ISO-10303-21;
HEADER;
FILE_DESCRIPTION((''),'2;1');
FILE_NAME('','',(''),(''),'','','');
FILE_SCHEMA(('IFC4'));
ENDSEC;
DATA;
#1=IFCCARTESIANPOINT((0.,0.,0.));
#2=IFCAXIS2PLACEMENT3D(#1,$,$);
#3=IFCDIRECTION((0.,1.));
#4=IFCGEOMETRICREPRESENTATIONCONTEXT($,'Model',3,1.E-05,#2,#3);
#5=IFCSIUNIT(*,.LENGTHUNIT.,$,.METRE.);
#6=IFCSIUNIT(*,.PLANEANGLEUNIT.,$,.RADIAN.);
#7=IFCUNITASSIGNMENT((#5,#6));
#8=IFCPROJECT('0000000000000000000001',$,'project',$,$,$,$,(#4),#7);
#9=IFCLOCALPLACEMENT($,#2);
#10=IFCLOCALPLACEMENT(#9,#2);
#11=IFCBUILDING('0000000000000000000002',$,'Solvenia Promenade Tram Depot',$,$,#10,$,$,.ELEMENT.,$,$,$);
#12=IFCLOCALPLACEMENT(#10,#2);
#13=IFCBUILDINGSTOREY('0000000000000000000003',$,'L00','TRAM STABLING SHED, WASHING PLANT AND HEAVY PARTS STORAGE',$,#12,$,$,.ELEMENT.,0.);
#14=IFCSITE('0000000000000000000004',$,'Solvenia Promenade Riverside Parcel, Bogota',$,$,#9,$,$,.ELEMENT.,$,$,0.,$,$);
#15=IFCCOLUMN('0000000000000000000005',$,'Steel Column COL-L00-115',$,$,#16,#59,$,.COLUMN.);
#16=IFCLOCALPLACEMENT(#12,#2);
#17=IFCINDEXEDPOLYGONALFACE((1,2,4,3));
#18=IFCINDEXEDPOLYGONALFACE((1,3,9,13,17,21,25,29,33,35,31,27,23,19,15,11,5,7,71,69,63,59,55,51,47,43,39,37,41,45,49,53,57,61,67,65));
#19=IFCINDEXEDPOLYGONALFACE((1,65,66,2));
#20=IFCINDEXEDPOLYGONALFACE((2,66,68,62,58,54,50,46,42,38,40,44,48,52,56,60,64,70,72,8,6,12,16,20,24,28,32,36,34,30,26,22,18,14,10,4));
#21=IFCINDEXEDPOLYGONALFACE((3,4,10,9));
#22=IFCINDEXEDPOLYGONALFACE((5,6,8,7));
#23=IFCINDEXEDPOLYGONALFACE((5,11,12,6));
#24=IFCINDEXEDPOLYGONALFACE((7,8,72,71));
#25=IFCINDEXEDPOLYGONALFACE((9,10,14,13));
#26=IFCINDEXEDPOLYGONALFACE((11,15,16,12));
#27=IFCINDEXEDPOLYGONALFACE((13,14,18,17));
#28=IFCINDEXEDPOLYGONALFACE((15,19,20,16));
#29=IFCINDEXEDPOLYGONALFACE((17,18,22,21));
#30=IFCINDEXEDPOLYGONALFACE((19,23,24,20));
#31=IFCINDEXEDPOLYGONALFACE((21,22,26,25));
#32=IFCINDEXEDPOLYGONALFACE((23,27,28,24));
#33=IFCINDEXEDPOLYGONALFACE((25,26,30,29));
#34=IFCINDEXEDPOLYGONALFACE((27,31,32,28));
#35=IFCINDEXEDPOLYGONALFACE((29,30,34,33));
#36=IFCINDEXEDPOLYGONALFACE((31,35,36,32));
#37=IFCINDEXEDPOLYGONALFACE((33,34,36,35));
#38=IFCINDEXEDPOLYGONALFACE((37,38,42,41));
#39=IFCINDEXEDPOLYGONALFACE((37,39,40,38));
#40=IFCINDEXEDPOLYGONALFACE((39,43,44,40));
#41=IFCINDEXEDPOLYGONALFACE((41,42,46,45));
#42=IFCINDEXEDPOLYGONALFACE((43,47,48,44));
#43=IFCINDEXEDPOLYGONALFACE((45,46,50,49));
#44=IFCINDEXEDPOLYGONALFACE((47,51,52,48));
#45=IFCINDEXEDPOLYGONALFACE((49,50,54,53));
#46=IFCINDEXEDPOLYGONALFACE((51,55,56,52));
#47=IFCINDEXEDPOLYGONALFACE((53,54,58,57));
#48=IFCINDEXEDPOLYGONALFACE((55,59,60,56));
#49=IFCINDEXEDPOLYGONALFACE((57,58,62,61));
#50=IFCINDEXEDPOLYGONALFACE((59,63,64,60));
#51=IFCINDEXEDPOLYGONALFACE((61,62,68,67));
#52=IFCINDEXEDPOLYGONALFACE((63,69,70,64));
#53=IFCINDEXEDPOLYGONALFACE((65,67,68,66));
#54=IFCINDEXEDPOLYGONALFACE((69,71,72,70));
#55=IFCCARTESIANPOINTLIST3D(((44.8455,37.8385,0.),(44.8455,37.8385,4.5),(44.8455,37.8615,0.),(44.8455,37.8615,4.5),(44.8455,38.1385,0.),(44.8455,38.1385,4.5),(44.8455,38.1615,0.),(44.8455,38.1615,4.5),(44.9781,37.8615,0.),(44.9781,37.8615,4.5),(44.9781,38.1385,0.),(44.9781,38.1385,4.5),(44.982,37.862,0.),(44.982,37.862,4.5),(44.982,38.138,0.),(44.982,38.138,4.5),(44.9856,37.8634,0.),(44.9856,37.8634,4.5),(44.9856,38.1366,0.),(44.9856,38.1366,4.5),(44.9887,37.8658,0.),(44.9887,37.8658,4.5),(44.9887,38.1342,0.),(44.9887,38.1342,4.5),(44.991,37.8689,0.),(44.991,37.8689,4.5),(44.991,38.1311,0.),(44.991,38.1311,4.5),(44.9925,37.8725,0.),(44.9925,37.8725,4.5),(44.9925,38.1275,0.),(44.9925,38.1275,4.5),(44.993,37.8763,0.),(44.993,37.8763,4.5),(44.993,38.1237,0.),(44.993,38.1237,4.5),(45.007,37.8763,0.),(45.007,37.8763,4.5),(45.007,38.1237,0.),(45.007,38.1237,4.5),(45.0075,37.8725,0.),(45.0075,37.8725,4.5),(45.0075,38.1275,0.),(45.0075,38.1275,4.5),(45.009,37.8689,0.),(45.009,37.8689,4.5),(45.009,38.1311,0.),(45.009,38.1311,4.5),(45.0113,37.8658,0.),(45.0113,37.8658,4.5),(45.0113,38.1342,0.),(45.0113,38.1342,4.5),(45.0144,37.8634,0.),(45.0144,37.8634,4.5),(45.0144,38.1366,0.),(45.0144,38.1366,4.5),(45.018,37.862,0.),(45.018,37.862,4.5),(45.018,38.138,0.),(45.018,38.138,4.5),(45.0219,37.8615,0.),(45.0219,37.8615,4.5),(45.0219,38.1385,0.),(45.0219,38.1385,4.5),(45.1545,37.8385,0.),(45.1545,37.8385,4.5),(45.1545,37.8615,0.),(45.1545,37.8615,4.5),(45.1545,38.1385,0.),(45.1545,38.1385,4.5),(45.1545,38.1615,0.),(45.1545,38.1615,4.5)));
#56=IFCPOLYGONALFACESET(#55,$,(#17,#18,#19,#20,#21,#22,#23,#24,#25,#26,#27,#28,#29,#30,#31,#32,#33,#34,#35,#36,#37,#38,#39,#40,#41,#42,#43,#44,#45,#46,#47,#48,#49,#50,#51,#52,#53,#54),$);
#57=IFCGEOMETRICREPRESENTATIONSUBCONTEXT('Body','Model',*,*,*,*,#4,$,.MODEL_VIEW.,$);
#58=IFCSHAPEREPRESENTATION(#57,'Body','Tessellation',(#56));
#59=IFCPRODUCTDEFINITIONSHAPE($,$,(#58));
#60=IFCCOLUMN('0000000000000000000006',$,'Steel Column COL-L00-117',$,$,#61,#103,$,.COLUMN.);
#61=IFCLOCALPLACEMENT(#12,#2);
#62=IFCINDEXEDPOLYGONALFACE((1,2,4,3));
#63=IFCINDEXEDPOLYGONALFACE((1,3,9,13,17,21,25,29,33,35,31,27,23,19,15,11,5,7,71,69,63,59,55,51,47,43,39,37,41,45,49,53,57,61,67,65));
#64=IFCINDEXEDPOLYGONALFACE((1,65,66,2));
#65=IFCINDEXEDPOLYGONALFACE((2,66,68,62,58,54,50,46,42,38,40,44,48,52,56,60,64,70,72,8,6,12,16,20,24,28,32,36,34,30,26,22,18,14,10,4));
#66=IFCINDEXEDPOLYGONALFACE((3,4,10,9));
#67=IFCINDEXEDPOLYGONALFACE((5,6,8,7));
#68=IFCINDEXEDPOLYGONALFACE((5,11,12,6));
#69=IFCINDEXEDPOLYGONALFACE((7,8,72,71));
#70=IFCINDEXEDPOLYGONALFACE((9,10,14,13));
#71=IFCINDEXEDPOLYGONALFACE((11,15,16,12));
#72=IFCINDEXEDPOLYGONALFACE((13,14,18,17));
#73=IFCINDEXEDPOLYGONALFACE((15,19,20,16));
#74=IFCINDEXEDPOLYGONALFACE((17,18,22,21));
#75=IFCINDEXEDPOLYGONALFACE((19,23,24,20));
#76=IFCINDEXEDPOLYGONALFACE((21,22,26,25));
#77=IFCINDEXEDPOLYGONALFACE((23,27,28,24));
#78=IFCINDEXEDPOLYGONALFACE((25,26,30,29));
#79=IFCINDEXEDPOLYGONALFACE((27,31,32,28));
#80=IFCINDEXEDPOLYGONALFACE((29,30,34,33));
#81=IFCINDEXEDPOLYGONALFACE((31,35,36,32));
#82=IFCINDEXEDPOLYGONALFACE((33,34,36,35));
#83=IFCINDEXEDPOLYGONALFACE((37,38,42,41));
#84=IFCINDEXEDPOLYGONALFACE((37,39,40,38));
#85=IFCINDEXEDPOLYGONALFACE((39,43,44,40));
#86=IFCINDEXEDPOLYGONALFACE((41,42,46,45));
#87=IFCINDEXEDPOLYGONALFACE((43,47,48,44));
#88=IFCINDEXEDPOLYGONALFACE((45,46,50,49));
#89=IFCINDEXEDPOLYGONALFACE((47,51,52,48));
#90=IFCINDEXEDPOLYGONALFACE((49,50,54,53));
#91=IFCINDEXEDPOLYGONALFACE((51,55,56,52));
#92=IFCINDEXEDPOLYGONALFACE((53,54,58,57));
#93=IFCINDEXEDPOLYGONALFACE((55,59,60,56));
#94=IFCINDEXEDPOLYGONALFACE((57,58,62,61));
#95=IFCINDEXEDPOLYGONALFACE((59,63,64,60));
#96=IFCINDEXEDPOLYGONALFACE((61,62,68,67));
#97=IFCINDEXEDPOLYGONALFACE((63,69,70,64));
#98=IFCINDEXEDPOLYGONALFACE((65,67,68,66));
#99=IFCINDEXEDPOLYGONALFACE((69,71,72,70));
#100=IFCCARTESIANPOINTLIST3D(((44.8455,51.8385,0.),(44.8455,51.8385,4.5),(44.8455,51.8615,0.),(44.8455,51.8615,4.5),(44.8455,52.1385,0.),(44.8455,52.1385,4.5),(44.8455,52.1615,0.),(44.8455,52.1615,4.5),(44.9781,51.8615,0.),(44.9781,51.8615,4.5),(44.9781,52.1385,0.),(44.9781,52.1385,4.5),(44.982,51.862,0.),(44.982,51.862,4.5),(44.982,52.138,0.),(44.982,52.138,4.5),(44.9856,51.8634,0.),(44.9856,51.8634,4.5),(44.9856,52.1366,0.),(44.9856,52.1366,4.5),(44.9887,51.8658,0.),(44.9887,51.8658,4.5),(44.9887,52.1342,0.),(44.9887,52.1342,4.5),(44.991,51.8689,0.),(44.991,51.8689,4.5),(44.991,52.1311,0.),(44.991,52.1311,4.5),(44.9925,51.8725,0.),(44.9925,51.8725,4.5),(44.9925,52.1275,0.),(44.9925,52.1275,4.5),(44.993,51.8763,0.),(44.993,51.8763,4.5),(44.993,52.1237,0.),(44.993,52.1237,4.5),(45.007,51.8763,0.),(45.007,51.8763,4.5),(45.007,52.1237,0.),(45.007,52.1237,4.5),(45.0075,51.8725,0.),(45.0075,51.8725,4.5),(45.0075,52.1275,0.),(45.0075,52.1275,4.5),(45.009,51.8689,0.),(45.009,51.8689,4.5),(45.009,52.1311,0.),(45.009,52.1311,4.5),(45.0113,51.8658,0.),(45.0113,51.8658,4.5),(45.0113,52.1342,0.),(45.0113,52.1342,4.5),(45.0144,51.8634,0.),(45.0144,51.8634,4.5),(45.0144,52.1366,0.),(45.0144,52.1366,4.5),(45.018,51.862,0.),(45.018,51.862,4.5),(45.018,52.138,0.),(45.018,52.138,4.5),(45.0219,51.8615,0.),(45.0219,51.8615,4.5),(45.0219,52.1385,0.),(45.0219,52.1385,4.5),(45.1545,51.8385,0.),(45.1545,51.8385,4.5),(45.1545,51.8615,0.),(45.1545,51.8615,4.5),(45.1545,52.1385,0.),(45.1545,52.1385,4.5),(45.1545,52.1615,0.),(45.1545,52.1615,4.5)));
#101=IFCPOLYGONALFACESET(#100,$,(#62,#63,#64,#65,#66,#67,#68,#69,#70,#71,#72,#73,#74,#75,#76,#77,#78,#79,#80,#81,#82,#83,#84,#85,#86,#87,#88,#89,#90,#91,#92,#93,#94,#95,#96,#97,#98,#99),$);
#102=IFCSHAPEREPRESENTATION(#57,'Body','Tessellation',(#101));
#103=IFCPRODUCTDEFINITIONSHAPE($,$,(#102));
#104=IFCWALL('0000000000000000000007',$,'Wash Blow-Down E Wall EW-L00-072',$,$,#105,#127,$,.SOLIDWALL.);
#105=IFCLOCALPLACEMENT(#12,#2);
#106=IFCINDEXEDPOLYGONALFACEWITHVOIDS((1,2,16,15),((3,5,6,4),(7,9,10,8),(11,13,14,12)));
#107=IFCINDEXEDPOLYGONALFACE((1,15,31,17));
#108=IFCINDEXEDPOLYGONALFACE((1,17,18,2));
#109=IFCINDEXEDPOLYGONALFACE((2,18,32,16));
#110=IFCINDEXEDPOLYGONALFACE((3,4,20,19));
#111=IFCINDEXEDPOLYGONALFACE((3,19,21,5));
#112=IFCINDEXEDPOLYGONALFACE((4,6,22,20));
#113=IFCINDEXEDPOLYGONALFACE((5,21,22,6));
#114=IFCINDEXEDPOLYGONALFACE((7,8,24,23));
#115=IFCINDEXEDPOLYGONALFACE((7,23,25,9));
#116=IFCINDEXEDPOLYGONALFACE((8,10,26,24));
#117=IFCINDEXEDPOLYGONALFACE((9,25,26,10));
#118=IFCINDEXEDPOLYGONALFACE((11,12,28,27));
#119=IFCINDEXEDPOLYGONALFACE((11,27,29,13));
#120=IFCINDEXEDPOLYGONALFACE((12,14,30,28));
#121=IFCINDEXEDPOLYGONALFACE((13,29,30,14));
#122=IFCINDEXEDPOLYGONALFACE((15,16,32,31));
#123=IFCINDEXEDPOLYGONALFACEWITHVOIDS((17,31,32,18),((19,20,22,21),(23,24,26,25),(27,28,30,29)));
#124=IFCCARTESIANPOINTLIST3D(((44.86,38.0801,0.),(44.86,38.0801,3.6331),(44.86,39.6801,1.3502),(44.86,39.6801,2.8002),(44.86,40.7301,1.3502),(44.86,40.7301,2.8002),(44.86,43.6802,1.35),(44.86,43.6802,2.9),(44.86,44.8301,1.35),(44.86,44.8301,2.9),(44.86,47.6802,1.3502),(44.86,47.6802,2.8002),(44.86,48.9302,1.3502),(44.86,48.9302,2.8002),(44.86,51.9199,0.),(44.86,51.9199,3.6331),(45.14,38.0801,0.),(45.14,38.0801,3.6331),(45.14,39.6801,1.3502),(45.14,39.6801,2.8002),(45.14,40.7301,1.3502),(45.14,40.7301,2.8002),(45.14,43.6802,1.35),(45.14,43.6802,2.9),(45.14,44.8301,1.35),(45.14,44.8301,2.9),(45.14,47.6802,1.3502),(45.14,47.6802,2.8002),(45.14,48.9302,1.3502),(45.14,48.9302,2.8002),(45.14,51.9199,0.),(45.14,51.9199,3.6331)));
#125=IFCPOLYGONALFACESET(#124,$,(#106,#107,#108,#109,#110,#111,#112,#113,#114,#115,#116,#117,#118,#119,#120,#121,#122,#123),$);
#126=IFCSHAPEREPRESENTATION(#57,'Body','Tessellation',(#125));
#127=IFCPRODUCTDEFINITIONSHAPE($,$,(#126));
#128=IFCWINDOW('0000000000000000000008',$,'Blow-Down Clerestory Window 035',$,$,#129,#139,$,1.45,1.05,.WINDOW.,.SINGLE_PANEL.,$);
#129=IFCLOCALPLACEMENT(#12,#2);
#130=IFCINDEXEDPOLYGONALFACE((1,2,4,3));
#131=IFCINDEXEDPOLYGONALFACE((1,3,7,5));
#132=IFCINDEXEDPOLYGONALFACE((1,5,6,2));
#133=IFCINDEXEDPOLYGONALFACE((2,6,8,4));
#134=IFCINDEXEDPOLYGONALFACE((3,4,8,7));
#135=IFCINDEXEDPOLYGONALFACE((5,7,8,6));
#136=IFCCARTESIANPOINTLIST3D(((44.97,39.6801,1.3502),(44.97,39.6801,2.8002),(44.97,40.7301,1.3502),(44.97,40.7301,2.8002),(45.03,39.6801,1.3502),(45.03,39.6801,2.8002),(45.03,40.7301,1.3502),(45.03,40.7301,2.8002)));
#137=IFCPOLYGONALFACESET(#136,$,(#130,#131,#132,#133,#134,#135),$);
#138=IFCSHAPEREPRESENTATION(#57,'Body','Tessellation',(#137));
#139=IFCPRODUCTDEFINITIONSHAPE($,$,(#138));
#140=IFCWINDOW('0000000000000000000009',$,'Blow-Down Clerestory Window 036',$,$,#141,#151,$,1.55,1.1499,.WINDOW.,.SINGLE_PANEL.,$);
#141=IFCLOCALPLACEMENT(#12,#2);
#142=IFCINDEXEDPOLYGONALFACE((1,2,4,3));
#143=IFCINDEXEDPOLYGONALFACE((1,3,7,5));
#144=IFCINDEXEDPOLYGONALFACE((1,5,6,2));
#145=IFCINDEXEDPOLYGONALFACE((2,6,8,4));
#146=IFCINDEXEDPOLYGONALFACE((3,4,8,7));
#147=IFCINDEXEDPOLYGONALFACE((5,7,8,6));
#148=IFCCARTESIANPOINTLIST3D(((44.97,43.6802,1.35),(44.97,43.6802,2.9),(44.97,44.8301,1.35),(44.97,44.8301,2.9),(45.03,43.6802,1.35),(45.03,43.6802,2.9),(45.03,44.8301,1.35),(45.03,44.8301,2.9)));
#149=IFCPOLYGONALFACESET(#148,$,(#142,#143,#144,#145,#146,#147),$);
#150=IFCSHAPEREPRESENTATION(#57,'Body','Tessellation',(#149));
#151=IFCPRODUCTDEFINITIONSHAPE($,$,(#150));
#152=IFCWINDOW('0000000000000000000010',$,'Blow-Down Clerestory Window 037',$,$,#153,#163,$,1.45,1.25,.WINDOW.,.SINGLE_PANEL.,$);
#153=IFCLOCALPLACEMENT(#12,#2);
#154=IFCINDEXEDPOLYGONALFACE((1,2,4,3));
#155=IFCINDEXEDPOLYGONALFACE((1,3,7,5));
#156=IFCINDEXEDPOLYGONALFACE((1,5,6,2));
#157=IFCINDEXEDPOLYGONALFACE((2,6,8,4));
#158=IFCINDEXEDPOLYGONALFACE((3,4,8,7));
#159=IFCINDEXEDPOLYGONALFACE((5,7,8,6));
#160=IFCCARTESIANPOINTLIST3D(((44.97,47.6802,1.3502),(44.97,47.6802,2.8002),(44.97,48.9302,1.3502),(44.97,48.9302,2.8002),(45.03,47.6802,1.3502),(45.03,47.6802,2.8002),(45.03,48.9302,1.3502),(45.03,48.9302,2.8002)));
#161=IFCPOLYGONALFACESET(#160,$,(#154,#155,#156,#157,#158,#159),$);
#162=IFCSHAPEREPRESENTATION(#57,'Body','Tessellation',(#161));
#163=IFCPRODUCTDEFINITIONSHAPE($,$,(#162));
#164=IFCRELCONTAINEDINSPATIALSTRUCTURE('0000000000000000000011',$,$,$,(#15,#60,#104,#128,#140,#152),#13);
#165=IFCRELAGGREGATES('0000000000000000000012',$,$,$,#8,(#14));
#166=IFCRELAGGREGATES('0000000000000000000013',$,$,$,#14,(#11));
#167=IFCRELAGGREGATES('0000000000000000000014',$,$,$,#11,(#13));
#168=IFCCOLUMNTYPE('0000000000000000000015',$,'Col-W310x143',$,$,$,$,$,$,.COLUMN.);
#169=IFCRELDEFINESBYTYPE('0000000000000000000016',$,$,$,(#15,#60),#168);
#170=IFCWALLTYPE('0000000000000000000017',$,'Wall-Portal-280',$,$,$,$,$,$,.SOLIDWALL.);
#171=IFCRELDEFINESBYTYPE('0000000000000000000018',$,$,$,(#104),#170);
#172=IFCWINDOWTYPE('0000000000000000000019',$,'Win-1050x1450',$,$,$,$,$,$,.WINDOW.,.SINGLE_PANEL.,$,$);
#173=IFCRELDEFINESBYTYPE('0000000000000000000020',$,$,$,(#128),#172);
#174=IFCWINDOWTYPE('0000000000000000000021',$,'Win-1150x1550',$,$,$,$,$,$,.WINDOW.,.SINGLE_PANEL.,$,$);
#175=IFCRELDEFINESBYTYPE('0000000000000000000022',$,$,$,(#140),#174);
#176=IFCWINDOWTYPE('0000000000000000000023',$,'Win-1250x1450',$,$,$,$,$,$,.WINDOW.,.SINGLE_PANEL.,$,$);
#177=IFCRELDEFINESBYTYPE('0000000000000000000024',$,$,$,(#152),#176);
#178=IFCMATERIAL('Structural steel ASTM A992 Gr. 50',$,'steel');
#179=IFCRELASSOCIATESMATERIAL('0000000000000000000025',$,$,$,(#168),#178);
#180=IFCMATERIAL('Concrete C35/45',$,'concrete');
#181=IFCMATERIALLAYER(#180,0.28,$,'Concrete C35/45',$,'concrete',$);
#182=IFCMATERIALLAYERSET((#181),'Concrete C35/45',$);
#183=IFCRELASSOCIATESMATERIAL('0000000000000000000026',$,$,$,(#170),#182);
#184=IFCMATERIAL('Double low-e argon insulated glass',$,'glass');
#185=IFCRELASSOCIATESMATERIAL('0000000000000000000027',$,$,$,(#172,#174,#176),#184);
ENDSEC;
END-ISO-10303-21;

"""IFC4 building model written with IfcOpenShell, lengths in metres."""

from ifc_helpers import new_model, si_unit, direction, frame, frame_2d, origin, origin_2d, place, context, subcontext, project, spatial, rectangle, i_section, extrude, material, layer, layer_set, material_profile, profile_set, type_object, element, fill, save


model = new_model("IFC4")

# Units and contexts
model_context = context("Model", 3, precision=1e-05, world=origin(), true_north=direction((0.0, 1.0)))
body_context = subcontext(model_context, "Body", "Model", "MODEL_VIEW")
ifc_project = project(units=[si_unit("LENGTHUNIT", "METRE"), si_unit("PLANEANGLEUNIT", "RADIAN")], contexts=[model_context])

# Site, building, storey
site_placement = place(None, origin())
site = spatial("IfcSite", under=ifc_project, at=site_placement, Name="Solvenia Promenade Riverside Parcel, Bogota", CompositionType="ELEMENT", RefElevation=0.0)
building_placement = place(site_placement, origin())
building = spatial("IfcBuilding", under=site, at=building_placement, Name="Solvenia Promenade Tram Depot", CompositionType="ELEMENT")
storey_placement = place(building_placement, origin())
storey = spatial("IfcBuildingStorey", under=building, at=storey_placement, Name="L00", Description="TRAM STABLING SHED, WASHING PLANT AND HEAVY PARTS STORAGE", CompositionType="ELEMENT", Elevation=0.0)

# Columns
ifc_material_1 = material(Name="Structural steel ASTM A992 Gr. 50", Category="steel")
ifc_material_profile_1 = material_profile(ifc_material_1, i_section(OverallWidth=0.3091, OverallDepth=0.323, WebThickness=0.0139, FlangeThickness=0.0229, FilletRadius=0.0149, at=origin_2d()), Name="W310x143", Category="steel")
ifc_profile_set_1 = profile_set([ifc_material_profile_1], Name="Structural steel ASTM A992 Gr. 50")
column_type = type_object("IfcColumnType", Name="Col-W310x143", PredefinedType="COLUMN", material=ifc_profile_set_1)
for number, where, z_axis, x_axis, name in (
    (1, (45.0, 38.0, 0.0), (0.0, 0.0, 1.0), (1.0, 0.0, 0.0), "Steel Column COL-L00-115"),
    (2, (45.0, 52.0, 0.0), (0.0, 0.0, 1.0), (1.0, 0.0, 0.0), "Steel Column COL-L00-117"),
):
    element("IfcColumn", number, at=place(storey_placement, frame(where, z_axis=z_axis, x_axis=x_axis)), inside=storey, type_object=column_type, Name=name, PredefinedType="COLUMN", context=body_context, shape_type="SweptSolid", body=[
        extrude(i_section(OverallWidth=0.3091, OverallDepth=0.323, WebThickness=0.0139, FlangeThickness=0.0229, FilletRadius=0.0149, at=origin_2d()), origin(), (0.0, 0.0, 1.0), 4.5),
    ])

# Wall, openings, windows
ifc_material_2 = material(Name="Concrete C35/45", Category="concrete")
ifc_layer = layer(ifc_material_2, 0.28, Name="Concrete C35/45", Category="concrete")
ifc_layer_set = layer_set([ifc_layer], Name="Concrete C35/45")
wall_type = type_object("IfcWallType", Name="Wall-Portal-280", PredefinedType="SOLIDWALL", material=ifc_layer_set)
wall_1_placement = place(storey_placement, frame((45.0, 38.0801, 0.0), z_axis=(0.0, 0.0, 1.0), x_axis=(0.0, 1.0, 0.0)))
wall_1 = element("IfcWall", 3, at=wall_1_placement, inside=storey, type_object=wall_type, Name="Wash Blow-Down E Wall EW-L00-072", PredefinedType="SOLIDWALL", context=body_context, shape_type="SweptSolid", body=[
    extrude(rectangle(XDim=13.8398, YDim=0.28, at=frame_2d((6.9199, 0.0))), origin(), (0.0, 0.0, 1.0), 3.6331),
])
opening_1_placement = place(wall_1_placement, frame((1.6001, 0.0, 1.3501)))
opening_1 = element("IfcOpeningElement", 4, at=opening_1_placement, cuts=wall_1, PredefinedType="OPENING", context=body_context, shape_type="SweptSolid", body=[
    extrude(rectangle(XDim=1.05, YDim=1.45, at=frame_2d((0.5249, 0.7251))), frame((0.0, 0.1499, 0.0), z_axis=(0.0, -1.0, 0.0), x_axis=(1.0, 0.0, 0.0)), (0.0, 0.0, 1.0), 0.3),
])
opening_2_placement = place(wall_1_placement, frame((5.6001, 0.0, 1.3501)))
opening_2 = element("IfcOpeningElement", 5, at=opening_2_placement, cuts=wall_1, PredefinedType="OPENING", context=body_context, shape_type="SweptSolid", body=[
    extrude(rectangle(XDim=1.1499, YDim=1.55, at=frame_2d((0.575, 0.7749))), frame((0.0, 0.1499, 0.0), z_axis=(0.0, -1.0, 0.0), x_axis=(1.0, 0.0, 0.0)), (0.0, 0.0, 1.0), 0.3),
])
opening_3_placement = place(wall_1_placement, frame((9.6001, 0.0, 1.3501)))
opening_3 = element("IfcOpeningElement", 6, at=opening_3_placement, cuts=wall_1, PredefinedType="OPENING", context=body_context, shape_type="SweptSolid", body=[
    extrude(rectangle(XDim=1.25, YDim=1.45, at=frame_2d((0.625, 0.7251))), frame((0.0, 0.1499, 0.0), z_axis=(0.0, -1.0, 0.0), x_axis=(1.0, 0.0, 0.0)), (0.0, 0.0, 1.0), 0.3),
])
ifc_material_3 = material(Name="Double low-e argon insulated glass", Category="glass")
window_type_1 = type_object("IfcWindowType", Name="Win-1050x1450", PartitioningType="SINGLE_PANEL", PredefinedType="WINDOW", material=ifc_material_3)
window_1_placement = place(opening_1_placement, origin())
window_1 = element("IfcWindow", 7, at=window_1_placement, inside=storey, type_object=window_type_1, Name="Blow-Down Clerestory Window 035", OverallHeight=1.45, OverallWidth=1.05, PartitioningType="SINGLE_PANEL", PredefinedType="WINDOW", context=body_context, shape_type="SweptSolid", body=[
    extrude(rectangle(XDim=1.05, YDim=1.45, at=frame_2d((0.5249, 0.7251))), frame((0.0, 0.03, 0.0), z_axis=(0.0, -1.0, 0.0), x_axis=(1.0, 0.0, 0.0)), (0.0, 0.0, 1.0), 0.0601),
])
fill(opening_1, window_1)
window_type_2 = type_object("IfcWindowType", Name="Win-1150x1550", PartitioningType="SINGLE_PANEL", PredefinedType="WINDOW", material=ifc_material_3)
window_2_placement = place(opening_2_placement, origin())
window_2 = element("IfcWindow", 8, at=window_2_placement, inside=storey, type_object=window_type_2, Name="Blow-Down Clerestory Window 036", OverallHeight=1.55, OverallWidth=1.1499, PartitioningType="SINGLE_PANEL", PredefinedType="WINDOW", context=body_context, shape_type="SweptSolid", body=[
    extrude(rectangle(XDim=1.1499, YDim=1.55, at=frame_2d((0.575, 0.7749))), frame((0.0, 0.03, 0.0), z_axis=(0.0, -1.0, 0.0), x_axis=(1.0, 0.0, 0.0)), (0.0, 0.0, 1.0), 0.0601),
])
fill(opening_2, window_2)
window_type_3 = type_object("IfcWindowType", Name="Win-1250x1450", PartitioningType="SINGLE_PANEL", PredefinedType="WINDOW", material=ifc_material_3)
window_3_placement = place(opening_3_placement, origin())
window_3 = element("IfcWindow", 9, at=window_3_placement, inside=storey, type_object=window_type_3, Name="Blow-Down Clerestory Window 037", OverallHeight=1.45, OverallWidth=1.25, PartitioningType="SINGLE_PANEL", PredefinedType="WINDOW", context=body_context, shape_type="SweptSolid", body=[
    extrude(rectangle(XDim=1.25, YDim=1.45, at=frame_2d((0.625, 0.7251))), frame((0.0, 0.03, 0.0), z_axis=(0.0, -1.0, 0.0), x_axis=(1.0, 0.0, 0.0)), (0.0, 0.0, 1.0), 0.0601),
])
fill(opening_3, window_3)

save(model, "model.ifc")
